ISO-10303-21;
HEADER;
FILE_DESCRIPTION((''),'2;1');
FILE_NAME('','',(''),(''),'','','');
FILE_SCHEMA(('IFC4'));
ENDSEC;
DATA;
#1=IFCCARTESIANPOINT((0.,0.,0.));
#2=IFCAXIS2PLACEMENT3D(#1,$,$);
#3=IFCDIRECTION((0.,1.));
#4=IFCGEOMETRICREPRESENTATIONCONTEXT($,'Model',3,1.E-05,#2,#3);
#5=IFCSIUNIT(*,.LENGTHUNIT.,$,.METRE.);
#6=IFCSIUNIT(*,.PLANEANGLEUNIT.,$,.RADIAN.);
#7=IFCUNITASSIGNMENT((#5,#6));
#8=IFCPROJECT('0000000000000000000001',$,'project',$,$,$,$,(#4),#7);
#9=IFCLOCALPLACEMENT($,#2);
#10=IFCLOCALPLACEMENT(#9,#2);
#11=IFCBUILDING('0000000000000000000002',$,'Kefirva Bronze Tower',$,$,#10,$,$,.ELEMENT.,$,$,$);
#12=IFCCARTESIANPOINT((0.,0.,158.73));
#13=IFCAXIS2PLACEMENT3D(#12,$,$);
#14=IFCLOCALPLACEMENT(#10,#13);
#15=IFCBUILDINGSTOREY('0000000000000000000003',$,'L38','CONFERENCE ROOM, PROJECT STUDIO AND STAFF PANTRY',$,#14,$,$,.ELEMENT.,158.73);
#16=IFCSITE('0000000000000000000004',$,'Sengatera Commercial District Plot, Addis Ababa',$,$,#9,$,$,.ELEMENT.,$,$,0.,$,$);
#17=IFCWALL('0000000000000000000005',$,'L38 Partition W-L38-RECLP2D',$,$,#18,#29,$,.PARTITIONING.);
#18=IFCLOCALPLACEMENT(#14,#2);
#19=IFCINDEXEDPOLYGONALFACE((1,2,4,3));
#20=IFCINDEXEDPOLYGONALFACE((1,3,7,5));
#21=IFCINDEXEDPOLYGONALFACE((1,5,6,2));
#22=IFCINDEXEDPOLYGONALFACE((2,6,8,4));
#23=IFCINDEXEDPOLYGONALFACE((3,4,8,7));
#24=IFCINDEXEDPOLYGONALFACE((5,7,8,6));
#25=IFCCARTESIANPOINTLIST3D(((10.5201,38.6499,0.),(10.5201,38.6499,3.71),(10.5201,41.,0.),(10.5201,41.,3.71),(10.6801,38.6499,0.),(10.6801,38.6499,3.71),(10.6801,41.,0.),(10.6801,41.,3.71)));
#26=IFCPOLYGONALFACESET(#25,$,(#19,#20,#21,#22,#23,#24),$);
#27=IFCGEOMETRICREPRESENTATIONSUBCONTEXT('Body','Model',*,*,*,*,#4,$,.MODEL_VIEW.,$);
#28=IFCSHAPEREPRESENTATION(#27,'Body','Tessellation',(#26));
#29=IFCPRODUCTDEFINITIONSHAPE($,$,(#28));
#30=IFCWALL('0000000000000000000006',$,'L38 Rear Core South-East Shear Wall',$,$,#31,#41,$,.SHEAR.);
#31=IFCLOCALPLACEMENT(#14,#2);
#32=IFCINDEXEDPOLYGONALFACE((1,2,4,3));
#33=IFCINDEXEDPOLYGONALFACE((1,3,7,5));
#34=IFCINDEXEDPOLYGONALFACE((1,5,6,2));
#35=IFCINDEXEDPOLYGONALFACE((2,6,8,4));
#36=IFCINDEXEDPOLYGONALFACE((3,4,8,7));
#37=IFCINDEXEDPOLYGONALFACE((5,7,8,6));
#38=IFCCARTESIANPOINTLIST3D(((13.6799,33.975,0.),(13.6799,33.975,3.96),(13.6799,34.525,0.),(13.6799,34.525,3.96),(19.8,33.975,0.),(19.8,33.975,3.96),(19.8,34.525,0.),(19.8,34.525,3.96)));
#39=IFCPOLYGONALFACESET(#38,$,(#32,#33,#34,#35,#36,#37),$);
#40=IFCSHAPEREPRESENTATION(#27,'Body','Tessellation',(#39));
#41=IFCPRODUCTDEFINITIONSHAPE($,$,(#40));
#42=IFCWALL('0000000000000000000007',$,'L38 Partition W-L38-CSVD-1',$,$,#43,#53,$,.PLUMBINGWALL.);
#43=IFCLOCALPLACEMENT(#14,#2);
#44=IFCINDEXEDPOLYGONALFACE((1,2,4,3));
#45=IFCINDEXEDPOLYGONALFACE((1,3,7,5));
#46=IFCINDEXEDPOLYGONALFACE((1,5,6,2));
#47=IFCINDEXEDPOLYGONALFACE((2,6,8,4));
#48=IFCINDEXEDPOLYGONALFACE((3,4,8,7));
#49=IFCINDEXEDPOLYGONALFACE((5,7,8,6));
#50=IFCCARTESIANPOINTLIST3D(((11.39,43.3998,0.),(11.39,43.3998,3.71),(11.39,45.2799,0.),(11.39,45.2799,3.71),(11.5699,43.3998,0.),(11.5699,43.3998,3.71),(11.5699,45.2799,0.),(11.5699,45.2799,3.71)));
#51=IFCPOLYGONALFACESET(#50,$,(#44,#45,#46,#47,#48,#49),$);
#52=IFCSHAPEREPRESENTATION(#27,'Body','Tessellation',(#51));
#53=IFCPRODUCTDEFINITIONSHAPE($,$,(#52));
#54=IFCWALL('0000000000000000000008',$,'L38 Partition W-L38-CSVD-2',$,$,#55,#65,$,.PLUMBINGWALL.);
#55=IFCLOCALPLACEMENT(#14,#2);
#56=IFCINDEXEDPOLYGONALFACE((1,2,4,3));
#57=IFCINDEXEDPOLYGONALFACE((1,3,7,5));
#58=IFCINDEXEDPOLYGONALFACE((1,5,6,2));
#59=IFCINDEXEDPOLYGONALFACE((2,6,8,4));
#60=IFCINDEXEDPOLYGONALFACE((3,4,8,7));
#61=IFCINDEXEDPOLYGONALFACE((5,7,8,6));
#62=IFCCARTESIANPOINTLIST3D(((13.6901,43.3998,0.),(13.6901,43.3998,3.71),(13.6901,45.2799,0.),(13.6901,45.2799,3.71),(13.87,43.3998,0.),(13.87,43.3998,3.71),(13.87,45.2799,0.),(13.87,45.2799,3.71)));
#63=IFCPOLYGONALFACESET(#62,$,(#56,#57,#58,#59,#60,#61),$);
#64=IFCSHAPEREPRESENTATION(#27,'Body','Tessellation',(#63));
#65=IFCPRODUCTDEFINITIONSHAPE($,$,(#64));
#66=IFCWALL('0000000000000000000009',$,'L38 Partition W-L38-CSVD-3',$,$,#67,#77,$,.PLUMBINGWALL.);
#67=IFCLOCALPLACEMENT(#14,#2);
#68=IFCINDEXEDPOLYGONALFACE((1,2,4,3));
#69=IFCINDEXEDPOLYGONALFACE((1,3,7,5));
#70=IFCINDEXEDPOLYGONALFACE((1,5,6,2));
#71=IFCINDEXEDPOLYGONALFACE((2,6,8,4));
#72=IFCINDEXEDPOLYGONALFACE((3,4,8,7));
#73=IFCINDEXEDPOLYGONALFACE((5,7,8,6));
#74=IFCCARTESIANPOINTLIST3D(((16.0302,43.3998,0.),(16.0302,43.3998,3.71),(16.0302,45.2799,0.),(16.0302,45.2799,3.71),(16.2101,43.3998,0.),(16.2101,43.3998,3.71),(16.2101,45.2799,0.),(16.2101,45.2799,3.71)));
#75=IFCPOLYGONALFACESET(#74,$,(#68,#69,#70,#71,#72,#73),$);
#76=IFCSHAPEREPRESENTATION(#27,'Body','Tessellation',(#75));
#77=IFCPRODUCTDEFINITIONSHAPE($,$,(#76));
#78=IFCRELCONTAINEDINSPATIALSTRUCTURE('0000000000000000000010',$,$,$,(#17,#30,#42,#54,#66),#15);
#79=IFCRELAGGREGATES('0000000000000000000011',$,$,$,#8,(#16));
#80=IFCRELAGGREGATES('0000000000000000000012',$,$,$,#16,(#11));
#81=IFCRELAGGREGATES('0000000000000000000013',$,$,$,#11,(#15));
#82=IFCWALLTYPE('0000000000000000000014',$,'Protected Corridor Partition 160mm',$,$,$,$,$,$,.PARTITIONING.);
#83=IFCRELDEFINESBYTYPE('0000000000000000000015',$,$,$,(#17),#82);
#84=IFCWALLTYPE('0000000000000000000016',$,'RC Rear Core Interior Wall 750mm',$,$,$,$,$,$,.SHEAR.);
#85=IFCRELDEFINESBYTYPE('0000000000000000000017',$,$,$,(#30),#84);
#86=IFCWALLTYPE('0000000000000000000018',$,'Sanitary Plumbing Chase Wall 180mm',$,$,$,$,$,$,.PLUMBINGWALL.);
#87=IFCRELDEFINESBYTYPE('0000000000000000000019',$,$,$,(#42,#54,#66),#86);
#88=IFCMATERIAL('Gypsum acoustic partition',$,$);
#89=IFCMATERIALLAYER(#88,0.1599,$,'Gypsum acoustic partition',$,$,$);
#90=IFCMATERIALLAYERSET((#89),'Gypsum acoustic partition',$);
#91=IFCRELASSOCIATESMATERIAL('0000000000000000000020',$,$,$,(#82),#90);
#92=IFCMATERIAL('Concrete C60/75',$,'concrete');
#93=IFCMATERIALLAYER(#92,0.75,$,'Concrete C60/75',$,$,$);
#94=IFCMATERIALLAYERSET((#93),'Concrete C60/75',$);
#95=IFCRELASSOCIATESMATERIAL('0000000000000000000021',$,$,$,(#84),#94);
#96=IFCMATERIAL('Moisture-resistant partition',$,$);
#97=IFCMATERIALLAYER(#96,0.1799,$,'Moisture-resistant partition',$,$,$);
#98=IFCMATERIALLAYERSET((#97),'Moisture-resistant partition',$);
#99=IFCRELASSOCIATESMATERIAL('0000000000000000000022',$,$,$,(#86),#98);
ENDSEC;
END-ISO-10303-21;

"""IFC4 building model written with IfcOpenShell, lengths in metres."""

from ifc_helpers import new_model, si_unit, direction, frame, frame_2d, origin, place, context, subcontext, project, spatial, rectangle, extrude, material, layer, layer_set, type_object, element, save


model = new_model("IFC4")

# Units and contexts
model_context = context("Model", 3, precision=1e-05, world=origin(), true_north=direction((0.0, 1.0)))
body_context = subcontext(model_context, "Body", "Model", "MODEL_VIEW")
ifc_project = project(units=[si_unit("LENGTHUNIT", "METRE"), si_unit("PLANEANGLEUNIT", "RADIAN")], contexts=[model_context])

# Site, building, storey
site_placement = place(None, origin())
site = spatial("IfcSite", under=ifc_project, at=site_placement, Name="Sengatera Commercial District Plot, Addis Ababa", CompositionType="ELEMENT", RefElevation=0.0)
building_placement = place(site_placement, origin())
building = spatial("IfcBuilding", under=site, at=building_placement, Name="Kefirva Bronze Tower", CompositionType="ELEMENT")
storey_placement = place(building_placement, frame((0.0, 0.0, 158.73)))
storey = spatial("IfcBuildingStorey", under=building, at=storey_placement, Name="L38", Description="CONFERENCE ROOM, PROJECT STUDIO AND STAFF PANTRY", CompositionType="ELEMENT", Elevation=158.73)

# Shared definitions
ifc_material_1 = material(Name="Concrete C60/75", Category="concrete")

# Shared definitions
ifc_material_2 = material(Name="Gypsum acoustic partition")
ifc_layer_1 = layer(ifc_material_2, 0.1599, Name="Gypsum acoustic partition")
ifc_layer_set_1 = layer_set([ifc_layer_1], Name="Gypsum acoustic partition")
wall_type_1 = type_object("IfcWallType", Name="Protected Corridor Partition 160mm", PredefinedType="PARTITIONING", material=ifc_layer_set_1)

# Walls
wall_1_placement = place(storey_placement, frame((10.6001, 38.6499, 0.0), z_axis=(0.0, 0.0, 1.0), x_axis=(0.0, 1.0, 0.0)))
element("IfcWall", 1, at=wall_1_placement, inside=storey, type_object=wall_type_1, Name="L38 Partition W-L38-RECLP2D", PredefinedType="PARTITIONING", context=body_context, shape_type="SweptSolid", body=[
    extrude(rectangle(XDim=2.3501, YDim=0.1599, at=frame_2d((1.175, 0.0))), origin(), (0.0, 0.0, 1.0), 3.71),
])
ifc_layer_2 = layer(ifc_material_1, 0.75, Name="Concrete C60/75")
ifc_layer_set_2 = layer_set([ifc_layer_2], Name="Concrete C60/75")
wall_type_2 = type_object("IfcWallType", Name="RC Rear Core Interior Wall 750mm", PredefinedType="SHEAR", material=ifc_layer_set_2)
wall_2_placement = place(storey_placement, frame((13.6799, 34.25, 0.0), z_axis=(0.0, 0.0, 1.0), x_axis=(1.0, 0.0, 0.0)))
element("IfcWall", 2, at=wall_2_placement, inside=storey, type_object=wall_type_2, Name="L38 Rear Core South-East Shear Wall", PredefinedType="SHEAR", context=body_context, shape_type="SweptSolid", body=[
    extrude(rectangle(XDim=6.1201, YDim=0.55, at=frame_2d((3.0601, 0.0))), origin(), (0.0, 0.0, 1.0), 3.96),
])
ifc_material_3 = material(Name="Moisture-resistant partition")
ifc_layer_3 = layer(ifc_material_3, 0.1799, Name="Moisture-resistant partition")
ifc_layer_set_3 = layer_set([ifc_layer_3], Name="Moisture-resistant partition")
wall_type_3 = type_object("IfcWallType", Name="Sanitary Plumbing Chase Wall 180mm", PredefinedType="PLUMBINGWALL", material=ifc_layer_set_3)
for number, where, z_axis, x_axis, name in (
    (3, (11.48, 43.3999, 0.0), (0.0, 0.0, 1.0), (0.0, 1.0, 0.0), "L38 Partition W-L38-CSVD-1"),
    (4, (13.78, 43.3999, 0.0), (0.0, 0.0, 1.0), (0.0, 1.0, 0.0), "L38 Partition W-L38-CSVD-2"),
    (5, (16.1201, 43.3999, 0.0), (0.0, 0.0, 1.0), (0.0, 1.0, 0.0), "L38 Partition W-L38-CSVD-3"),
):
    element("IfcWall", number, at=place(storey_placement, frame(where, z_axis=z_axis, x_axis=x_axis)), inside=storey, type_object=wall_type_3, Name=name, PredefinedType="PLUMBINGWALL", context=body_context, shape_type="SweptSolid", body=[
        extrude(rectangle(XDim=1.8801, YDim=0.1799, at=frame_2d((0.9399, 0.0))), origin(), (0.0, 0.0, 1.0), 3.71),
    ])

save(model, "model.ifc")
